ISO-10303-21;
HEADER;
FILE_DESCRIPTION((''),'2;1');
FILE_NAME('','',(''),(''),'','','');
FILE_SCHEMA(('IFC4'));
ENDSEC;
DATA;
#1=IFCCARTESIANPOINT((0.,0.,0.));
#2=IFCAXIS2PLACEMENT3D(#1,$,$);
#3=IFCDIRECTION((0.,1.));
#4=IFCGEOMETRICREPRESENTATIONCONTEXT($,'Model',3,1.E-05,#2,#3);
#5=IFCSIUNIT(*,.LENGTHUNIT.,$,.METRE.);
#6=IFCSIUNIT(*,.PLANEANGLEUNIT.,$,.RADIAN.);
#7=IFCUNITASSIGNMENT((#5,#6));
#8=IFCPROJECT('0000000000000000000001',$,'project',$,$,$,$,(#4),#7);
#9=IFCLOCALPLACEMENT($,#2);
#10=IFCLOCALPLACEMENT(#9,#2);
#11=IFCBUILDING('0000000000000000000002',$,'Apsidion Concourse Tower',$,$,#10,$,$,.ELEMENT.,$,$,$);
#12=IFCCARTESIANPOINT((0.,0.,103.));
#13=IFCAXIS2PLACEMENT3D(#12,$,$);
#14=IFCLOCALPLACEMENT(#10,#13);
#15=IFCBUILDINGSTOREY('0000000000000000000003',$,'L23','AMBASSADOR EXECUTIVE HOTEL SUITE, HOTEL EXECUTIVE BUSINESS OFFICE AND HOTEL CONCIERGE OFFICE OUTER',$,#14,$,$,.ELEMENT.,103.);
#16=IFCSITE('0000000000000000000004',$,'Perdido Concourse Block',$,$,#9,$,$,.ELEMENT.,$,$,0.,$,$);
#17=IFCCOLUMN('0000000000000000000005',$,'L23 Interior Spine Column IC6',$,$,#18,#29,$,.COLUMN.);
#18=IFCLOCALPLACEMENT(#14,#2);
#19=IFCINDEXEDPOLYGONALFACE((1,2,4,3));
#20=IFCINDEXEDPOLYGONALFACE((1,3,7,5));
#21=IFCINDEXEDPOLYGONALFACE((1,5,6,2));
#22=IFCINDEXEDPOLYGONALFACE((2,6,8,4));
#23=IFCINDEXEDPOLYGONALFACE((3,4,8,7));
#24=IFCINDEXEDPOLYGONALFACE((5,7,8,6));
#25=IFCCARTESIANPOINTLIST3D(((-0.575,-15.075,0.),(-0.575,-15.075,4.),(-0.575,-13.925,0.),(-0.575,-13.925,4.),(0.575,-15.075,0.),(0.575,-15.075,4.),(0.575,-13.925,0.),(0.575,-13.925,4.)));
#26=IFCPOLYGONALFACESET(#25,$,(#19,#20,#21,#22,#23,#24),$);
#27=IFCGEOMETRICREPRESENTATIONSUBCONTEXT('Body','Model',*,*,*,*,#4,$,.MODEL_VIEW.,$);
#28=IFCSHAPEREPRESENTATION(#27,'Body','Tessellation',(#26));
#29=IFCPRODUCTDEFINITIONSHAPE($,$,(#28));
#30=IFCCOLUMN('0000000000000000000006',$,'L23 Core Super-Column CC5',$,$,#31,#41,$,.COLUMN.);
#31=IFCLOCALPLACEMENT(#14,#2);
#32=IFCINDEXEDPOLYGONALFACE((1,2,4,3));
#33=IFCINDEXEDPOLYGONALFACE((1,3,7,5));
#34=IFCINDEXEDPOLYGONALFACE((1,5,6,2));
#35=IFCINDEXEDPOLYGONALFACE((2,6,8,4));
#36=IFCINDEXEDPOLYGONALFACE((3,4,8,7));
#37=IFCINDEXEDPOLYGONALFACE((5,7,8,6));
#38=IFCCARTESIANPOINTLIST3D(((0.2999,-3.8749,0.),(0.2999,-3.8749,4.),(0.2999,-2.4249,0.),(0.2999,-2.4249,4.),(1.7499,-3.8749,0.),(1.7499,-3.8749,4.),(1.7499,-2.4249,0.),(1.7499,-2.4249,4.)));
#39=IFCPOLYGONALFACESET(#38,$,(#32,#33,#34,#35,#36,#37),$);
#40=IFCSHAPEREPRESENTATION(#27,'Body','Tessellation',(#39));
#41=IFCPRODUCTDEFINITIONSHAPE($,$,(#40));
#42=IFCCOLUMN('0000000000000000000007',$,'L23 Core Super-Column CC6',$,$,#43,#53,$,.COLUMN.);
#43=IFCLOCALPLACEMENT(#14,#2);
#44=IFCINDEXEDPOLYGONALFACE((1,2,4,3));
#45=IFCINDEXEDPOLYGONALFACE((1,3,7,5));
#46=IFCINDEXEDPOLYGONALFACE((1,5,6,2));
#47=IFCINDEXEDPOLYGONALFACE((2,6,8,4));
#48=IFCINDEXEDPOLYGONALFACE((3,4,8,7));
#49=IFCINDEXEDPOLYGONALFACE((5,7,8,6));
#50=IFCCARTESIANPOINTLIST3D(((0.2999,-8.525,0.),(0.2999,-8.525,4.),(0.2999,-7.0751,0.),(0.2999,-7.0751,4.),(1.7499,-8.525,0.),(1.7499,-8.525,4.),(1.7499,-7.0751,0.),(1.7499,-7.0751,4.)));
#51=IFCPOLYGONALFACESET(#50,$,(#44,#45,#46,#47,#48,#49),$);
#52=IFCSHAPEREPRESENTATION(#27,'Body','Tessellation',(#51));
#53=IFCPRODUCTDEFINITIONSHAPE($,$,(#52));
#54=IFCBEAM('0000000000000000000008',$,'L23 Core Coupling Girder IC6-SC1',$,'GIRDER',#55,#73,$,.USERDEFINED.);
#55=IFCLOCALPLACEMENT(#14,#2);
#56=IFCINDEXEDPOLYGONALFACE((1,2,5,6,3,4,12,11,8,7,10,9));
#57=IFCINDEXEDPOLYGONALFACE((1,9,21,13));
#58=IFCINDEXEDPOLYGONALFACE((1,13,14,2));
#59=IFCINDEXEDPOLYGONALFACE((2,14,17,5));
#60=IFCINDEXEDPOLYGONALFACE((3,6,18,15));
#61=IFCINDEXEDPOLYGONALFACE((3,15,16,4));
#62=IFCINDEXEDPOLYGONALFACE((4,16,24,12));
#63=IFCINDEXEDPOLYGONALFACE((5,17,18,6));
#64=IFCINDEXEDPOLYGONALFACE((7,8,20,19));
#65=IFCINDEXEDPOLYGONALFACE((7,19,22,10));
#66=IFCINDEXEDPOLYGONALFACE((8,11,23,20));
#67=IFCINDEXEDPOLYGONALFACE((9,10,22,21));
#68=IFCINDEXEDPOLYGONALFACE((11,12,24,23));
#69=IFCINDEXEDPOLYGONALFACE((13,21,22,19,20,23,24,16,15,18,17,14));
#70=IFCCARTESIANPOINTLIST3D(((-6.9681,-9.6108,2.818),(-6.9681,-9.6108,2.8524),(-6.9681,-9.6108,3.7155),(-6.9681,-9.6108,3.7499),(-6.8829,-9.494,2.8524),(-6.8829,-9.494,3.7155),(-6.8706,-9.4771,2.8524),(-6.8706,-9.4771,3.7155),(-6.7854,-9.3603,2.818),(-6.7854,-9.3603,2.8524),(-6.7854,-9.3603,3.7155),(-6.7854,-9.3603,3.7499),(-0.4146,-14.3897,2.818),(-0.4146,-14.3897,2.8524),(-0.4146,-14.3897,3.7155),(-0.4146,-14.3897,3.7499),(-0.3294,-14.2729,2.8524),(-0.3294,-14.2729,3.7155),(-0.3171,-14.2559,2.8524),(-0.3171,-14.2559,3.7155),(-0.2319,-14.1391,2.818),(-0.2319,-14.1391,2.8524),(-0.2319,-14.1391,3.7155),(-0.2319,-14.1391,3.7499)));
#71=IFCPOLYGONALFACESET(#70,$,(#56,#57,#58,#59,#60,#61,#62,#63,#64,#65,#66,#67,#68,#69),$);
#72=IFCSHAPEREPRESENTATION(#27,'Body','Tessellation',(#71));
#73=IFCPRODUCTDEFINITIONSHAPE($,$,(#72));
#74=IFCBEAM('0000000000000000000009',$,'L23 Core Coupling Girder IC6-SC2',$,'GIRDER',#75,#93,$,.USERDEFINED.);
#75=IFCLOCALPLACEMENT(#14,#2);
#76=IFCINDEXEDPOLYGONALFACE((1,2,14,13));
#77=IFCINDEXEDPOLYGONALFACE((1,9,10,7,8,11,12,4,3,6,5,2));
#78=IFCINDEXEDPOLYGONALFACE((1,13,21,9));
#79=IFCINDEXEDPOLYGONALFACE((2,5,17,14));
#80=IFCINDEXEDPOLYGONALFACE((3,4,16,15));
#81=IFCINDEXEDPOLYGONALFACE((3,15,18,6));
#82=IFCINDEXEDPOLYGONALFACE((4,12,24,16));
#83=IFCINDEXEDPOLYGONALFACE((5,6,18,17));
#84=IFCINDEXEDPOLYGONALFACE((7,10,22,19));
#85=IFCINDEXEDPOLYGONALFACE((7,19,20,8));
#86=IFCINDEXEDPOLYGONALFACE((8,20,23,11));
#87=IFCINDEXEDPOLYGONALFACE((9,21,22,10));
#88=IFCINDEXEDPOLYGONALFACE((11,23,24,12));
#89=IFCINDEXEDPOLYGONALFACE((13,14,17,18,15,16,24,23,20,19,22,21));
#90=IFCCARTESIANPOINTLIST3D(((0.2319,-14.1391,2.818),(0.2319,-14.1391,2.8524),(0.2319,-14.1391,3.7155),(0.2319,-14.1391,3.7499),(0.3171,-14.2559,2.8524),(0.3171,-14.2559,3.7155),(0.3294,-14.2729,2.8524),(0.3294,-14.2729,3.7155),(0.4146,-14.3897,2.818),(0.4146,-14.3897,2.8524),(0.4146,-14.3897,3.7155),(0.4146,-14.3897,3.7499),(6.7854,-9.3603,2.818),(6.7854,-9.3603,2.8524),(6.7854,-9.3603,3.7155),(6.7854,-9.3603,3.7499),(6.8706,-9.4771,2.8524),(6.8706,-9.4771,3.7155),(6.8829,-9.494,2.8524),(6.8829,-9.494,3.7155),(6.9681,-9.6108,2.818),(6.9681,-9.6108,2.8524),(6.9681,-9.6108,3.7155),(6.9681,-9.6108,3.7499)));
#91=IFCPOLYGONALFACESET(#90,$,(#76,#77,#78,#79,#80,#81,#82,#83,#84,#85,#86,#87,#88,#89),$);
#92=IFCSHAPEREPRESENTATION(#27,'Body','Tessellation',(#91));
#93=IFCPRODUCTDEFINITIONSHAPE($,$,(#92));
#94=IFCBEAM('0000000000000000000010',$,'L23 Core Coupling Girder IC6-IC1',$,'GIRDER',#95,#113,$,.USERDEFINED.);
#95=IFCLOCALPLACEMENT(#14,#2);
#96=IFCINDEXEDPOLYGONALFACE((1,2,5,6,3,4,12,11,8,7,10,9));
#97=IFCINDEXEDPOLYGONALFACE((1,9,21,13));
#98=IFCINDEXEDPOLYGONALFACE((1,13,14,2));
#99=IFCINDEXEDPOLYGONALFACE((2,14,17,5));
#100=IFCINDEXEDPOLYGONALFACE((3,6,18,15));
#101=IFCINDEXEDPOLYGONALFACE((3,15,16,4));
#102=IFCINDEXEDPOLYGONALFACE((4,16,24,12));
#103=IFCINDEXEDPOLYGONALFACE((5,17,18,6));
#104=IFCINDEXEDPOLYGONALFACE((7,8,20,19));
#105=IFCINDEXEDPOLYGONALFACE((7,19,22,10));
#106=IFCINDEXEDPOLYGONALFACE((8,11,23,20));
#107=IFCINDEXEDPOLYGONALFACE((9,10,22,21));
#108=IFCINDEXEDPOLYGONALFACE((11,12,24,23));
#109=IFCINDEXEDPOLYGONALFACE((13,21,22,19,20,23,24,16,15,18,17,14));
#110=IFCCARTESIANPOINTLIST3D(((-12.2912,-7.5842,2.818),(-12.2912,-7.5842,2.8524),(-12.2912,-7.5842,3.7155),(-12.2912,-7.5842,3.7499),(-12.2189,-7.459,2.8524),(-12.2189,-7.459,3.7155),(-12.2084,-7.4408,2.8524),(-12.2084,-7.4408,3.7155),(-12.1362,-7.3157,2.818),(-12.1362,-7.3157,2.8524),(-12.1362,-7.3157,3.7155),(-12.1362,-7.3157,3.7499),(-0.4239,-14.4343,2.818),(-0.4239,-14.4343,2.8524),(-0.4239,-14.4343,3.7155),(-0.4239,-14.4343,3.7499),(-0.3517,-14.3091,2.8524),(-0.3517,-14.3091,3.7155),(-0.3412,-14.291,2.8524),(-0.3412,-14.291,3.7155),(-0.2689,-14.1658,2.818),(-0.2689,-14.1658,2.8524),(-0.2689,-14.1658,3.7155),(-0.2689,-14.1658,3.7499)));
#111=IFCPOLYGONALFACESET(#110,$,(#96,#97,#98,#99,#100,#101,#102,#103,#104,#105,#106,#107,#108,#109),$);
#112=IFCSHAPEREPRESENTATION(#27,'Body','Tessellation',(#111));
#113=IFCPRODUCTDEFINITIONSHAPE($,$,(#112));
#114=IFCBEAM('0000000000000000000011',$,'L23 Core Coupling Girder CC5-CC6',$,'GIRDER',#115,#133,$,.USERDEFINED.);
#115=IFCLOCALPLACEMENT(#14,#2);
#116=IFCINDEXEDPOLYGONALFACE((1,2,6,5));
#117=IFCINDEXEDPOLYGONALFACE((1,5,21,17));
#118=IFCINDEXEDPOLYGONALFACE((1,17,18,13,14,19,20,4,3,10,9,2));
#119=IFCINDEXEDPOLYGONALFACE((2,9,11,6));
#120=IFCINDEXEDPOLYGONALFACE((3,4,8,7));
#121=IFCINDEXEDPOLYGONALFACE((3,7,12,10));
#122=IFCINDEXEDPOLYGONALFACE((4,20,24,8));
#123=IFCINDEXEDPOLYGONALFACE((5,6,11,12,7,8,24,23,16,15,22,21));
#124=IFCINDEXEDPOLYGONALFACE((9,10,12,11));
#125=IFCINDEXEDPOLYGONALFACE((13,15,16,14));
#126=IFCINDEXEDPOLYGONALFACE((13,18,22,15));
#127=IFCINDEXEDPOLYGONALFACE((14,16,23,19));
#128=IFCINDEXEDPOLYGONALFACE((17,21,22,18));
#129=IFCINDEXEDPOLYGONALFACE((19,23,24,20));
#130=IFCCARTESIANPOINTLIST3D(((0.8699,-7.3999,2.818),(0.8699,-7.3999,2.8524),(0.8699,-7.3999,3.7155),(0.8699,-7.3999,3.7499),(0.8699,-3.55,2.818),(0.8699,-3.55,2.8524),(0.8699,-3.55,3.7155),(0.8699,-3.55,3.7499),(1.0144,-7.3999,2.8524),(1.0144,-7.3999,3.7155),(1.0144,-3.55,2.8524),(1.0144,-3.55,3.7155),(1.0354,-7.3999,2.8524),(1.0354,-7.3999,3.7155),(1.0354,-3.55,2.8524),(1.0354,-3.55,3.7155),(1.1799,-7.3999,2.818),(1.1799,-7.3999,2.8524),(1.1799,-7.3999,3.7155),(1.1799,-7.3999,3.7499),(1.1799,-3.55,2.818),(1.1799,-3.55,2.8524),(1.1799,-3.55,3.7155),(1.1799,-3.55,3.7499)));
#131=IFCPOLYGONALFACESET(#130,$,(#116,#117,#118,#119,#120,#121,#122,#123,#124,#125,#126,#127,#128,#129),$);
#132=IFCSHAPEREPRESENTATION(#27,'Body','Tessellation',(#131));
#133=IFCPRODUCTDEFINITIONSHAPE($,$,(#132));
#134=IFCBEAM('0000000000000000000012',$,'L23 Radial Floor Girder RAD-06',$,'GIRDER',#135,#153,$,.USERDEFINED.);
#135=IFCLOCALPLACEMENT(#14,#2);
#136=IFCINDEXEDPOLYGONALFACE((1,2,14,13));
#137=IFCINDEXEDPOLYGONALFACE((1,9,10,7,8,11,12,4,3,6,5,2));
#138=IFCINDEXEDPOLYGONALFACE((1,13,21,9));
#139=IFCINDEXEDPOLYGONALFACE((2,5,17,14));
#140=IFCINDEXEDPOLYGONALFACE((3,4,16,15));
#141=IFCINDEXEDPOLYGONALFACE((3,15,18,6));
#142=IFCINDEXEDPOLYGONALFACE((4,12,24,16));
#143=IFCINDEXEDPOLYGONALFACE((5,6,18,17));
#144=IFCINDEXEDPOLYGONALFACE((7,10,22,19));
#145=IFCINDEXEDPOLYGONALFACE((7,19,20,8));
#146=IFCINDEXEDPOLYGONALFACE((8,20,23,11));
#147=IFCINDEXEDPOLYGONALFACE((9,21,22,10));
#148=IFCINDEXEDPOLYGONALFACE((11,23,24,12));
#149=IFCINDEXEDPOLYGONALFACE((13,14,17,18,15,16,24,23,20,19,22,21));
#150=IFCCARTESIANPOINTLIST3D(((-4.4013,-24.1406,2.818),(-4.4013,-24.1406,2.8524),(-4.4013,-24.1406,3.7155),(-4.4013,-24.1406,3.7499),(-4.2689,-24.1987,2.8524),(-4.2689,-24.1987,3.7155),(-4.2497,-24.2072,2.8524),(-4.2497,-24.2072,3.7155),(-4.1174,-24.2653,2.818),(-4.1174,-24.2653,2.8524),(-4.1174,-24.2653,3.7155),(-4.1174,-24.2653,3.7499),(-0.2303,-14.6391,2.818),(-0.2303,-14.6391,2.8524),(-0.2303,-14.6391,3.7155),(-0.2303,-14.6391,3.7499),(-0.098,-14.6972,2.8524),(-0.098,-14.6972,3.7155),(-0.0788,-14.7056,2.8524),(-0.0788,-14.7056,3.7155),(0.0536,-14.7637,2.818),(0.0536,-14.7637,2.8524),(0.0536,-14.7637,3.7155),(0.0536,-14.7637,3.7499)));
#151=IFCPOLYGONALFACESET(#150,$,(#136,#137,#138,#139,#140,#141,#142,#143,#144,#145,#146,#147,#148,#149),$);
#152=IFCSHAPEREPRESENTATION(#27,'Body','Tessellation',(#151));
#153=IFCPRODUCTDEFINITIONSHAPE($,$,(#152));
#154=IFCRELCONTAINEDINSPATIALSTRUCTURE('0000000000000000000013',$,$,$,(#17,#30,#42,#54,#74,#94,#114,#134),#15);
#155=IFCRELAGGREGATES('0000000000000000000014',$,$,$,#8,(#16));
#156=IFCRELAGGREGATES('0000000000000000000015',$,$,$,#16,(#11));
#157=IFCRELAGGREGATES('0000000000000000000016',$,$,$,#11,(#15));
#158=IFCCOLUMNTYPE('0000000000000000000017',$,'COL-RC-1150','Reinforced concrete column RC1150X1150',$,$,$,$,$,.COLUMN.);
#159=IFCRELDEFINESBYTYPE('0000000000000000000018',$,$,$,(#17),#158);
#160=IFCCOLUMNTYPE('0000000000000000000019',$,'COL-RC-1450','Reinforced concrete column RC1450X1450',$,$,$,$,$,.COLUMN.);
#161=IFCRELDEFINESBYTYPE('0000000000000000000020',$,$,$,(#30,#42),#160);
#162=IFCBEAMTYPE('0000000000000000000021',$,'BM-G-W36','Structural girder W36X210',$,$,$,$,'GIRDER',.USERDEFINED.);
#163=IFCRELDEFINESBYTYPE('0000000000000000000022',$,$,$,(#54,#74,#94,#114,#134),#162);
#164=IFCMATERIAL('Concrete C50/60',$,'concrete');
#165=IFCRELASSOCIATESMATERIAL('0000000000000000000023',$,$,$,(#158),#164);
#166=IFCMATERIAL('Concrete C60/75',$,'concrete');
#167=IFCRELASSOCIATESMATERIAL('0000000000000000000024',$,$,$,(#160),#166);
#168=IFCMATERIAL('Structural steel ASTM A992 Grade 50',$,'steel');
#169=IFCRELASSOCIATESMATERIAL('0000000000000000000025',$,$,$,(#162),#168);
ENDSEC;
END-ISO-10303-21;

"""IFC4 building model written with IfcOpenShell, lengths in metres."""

from ifc_helpers import new_model, si_unit, direction, frame, origin, origin_2d, place, context, subcontext, project, spatial, rectangle, i_section, extrude, material, material_profile, profile_set, type_object, element, save


model = new_model("IFC4")

# Units and contexts
model_context = context("Model", 3, precision=1e-05, world=origin(), true_north=direction((0.0, 1.0)))
body_context = subcontext(model_context, "Body", "Model", "MODEL_VIEW")
ifc_project = project(units=[si_unit("LENGTHUNIT", "METRE"), si_unit("PLANEANGLEUNIT", "RADIAN")], contexts=[model_context])

# Site, building, storey
site_placement = place(None, origin())
site = spatial("IfcSite", under=ifc_project, at=site_placement, Name="Perdido Concourse Block", CompositionType="ELEMENT", RefElevation=0.0)
building_placement = place(site_placement, origin())
building = spatial("IfcBuilding", under=site, at=building_placement, Name="Apsidion Concourse Tower", CompositionType="ELEMENT")
storey_placement = place(building_placement, frame((0.0, 0.0, 103.0)))
storey = spatial("IfcBuildingStorey", under=building, at=storey_placement, Name="L23", Description="AMBASSADOR EXECUTIVE HOTEL SUITE, HOTEL EXECUTIVE BUSINESS OFFICE AND HOTEL CONCIERGE OFFICE OUTER", CompositionType="ELEMENT", Elevation=103.0)

# Columns
ifc_material_1 = material(Name="Concrete C50/60", Category="concrete")
ifc_material_profile_1 = material_profile(ifc_material_1, rectangle(XDim=1.1499, YDim=1.1499, at=origin_2d()), Name="RC 1150x1150")
ifc_profile_set_1 = profile_set([ifc_material_profile_1], Name="Concrete C50/60")
column_type_1 = type_object("IfcColumnType", Name="COL-RC-1150", Description="Reinforced concrete column RC1150X1150", PredefinedType="COLUMN", material=ifc_profile_set_1)
column_placement = place(storey_placement, frame((0.0, -14.5, 0.0), z_axis=(0.0, 0.0, 1.0), x_axis=(1.0, 0.0, 0.0)))
element("IfcColumn", 1, at=column_placement, inside=storey, type_object=column_type_1, Name="L23 Interior Spine Column IC6", PredefinedType="COLUMN", context=body_context, shape_type="SweptSolid", body=[
    extrude(rectangle(XDim=1.1499, YDim=1.1499, at=origin_2d()), origin(), (0.0, 0.0, 1.0), 4.0),
])
ifc_material_2 = material(Name="Concrete C60/75", Category="concrete")
ifc_material_profile_2 = material_profile(ifc_material_2, rectangle(XDim=1.45, YDim=1.45, at=origin_2d()), Name="RC 1450x1450")
ifc_profile_set_2 = profile_set([ifc_material_profile_2], Name="Concrete C60/75")
column_type_2 = type_object("IfcColumnType", Name="COL-RC-1450", Description="Reinforced concrete column RC1450X1450", PredefinedType="COLUMN", material=ifc_profile_set_2)
for number, where, z_axis, x_axis, name in (
    (2, (1.0249, -3.1499, 0.0), (0.0, 0.0, 1.0), (1.0, 0.0, 0.0), "L23 Core Super-Column CC5"),
    (3, (1.0249, -7.8, 0.0), (0.0, 0.0, 1.0), (1.0, 0.0, 0.0), "L23 Core Super-Column CC6"),
):
    element("IfcColumn", number, at=place(storey_placement, frame(where, z_axis=z_axis, x_axis=x_axis)), inside=storey, type_object=column_type_2, Name=name, PredefinedType="COLUMN", context=body_context, shape_type="SweptSolid", body=[
        extrude(rectangle(XDim=1.45, YDim=1.45, at=origin_2d()), origin(), (0.0, 0.0, 1.0), 4.0),
    ])

# Beams
ifc_material_3 = material(Name="Structural steel ASTM A992 Grade 50", Category="steel")
ifc_material_profile_3 = material_profile(ifc_material_3, i_section(OverallWidth=0.3101, OverallDepth=0.9319, WebThickness=0.021, FlangeThickness=0.0344, at=origin_2d()), Name="W36X210")
ifc_profile_set_3 = profile_set([ifc_material_profile_3], Name="Structural steel ASTM A992 Grade 50")
beam_type = type_object("IfcBeamType", Name="BM-G-W36", Description="Structural girder W36X210", ElementType="GIRDER", PredefinedType="USERDEFINED", material=ifc_profile_set_3)
for number, where, z_axis, x_axis, name in (
    (4, (-0.3232, -14.2644, 3.2839), (-0.807993, 0.589191, 0.0), (-0.589191, -0.807993, 0.0), "L23 Core Coupling Girder IC6-SC1"),
    (5, (0.3232, -14.2644, 3.2839), (0.807993, 0.589191, 0.0), (-0.589191, 0.807993, 0.0), "L23 Core Coupling Girder IC6-SC2"),
):
    element("IfcBeam", number, at=place(storey_placement, frame(where, z_axis=z_axis, x_axis=x_axis)), inside=storey, type_object=beam_type, Name=name, ObjectType="GIRDER", PredefinedType="USERDEFINED", context=body_context, shape_type="SweptSolid", body=[
        extrude(i_section(OverallWidth=0.3101, OverallDepth=0.9319, WebThickness=0.021, FlangeThickness=0.0344, at=origin_2d()), origin(), (0.0, 0.0, 1.0), 8.1108),
    ])
beam_1_placement = place(storey_placement, frame((-0.3464, -14.3, 3.2839), z_axis=(-0.86607, 0.499922, 0.0), x_axis=(-0.499922, -0.86607, 0.0)))
element("IfcBeam", 6, at=beam_1_placement, inside=storey, type_object=beam_type, Name="L23 Core Coupling Girder IC6-IC1", ObjectType="GIRDER", PredefinedType="USERDEFINED", context=body_context, shape_type="SweptSolid", body=[
    extrude(i_section(OverallWidth=0.3101, OverallDepth=0.9319, WebThickness=0.021, FlangeThickness=0.0344, at=origin_2d()), origin(), (0.0, 0.0, 1.0), 13.7024),
])
beam_2_placement = place(storey_placement, frame((1.0249, -3.55, 3.2839), z_axis=(0.0, -1.0, 0.0), x_axis=(1.0, 0.0, 0.0)))
element("IfcBeam", 7, at=beam_2_placement, inside=storey, type_object=beam_type, Name="L23 Core Coupling Girder CC5-CC6", ObjectType="GIRDER", PredefinedType="USERDEFINED", context=body_context, shape_type="SweptSolid", body=[
    extrude(i_section(OverallWidth=0.3101, OverallDepth=0.9319, WebThickness=0.021, FlangeThickness=0.0344, at=origin_2d()), origin(), (0.0, 0.0, 1.0), 3.8499),
])
beam_3_placement = place(storey_placement, frame((-0.0884, -14.7014, 3.2839), z_axis=(-0.401952, -0.915661, 0.0), x_axis=(0.915661, -0.401952, 0.0)))
element("IfcBeam", 8, at=beam_3_placement, inside=storey, type_object=beam_type, Name="L23 Radial Floor Girder RAD-06", ObjectType="GIRDER", PredefinedType="USERDEFINED", context=body_context, shape_type="SweptSolid", body=[
    extrude(i_section(OverallWidth=0.3101, OverallDepth=0.9319, WebThickness=0.021, FlangeThickness=0.0344, at=origin_2d()), origin(), (0.0, 0.0, 1.0), 10.3767),
])

save(model, "model.ifc")
